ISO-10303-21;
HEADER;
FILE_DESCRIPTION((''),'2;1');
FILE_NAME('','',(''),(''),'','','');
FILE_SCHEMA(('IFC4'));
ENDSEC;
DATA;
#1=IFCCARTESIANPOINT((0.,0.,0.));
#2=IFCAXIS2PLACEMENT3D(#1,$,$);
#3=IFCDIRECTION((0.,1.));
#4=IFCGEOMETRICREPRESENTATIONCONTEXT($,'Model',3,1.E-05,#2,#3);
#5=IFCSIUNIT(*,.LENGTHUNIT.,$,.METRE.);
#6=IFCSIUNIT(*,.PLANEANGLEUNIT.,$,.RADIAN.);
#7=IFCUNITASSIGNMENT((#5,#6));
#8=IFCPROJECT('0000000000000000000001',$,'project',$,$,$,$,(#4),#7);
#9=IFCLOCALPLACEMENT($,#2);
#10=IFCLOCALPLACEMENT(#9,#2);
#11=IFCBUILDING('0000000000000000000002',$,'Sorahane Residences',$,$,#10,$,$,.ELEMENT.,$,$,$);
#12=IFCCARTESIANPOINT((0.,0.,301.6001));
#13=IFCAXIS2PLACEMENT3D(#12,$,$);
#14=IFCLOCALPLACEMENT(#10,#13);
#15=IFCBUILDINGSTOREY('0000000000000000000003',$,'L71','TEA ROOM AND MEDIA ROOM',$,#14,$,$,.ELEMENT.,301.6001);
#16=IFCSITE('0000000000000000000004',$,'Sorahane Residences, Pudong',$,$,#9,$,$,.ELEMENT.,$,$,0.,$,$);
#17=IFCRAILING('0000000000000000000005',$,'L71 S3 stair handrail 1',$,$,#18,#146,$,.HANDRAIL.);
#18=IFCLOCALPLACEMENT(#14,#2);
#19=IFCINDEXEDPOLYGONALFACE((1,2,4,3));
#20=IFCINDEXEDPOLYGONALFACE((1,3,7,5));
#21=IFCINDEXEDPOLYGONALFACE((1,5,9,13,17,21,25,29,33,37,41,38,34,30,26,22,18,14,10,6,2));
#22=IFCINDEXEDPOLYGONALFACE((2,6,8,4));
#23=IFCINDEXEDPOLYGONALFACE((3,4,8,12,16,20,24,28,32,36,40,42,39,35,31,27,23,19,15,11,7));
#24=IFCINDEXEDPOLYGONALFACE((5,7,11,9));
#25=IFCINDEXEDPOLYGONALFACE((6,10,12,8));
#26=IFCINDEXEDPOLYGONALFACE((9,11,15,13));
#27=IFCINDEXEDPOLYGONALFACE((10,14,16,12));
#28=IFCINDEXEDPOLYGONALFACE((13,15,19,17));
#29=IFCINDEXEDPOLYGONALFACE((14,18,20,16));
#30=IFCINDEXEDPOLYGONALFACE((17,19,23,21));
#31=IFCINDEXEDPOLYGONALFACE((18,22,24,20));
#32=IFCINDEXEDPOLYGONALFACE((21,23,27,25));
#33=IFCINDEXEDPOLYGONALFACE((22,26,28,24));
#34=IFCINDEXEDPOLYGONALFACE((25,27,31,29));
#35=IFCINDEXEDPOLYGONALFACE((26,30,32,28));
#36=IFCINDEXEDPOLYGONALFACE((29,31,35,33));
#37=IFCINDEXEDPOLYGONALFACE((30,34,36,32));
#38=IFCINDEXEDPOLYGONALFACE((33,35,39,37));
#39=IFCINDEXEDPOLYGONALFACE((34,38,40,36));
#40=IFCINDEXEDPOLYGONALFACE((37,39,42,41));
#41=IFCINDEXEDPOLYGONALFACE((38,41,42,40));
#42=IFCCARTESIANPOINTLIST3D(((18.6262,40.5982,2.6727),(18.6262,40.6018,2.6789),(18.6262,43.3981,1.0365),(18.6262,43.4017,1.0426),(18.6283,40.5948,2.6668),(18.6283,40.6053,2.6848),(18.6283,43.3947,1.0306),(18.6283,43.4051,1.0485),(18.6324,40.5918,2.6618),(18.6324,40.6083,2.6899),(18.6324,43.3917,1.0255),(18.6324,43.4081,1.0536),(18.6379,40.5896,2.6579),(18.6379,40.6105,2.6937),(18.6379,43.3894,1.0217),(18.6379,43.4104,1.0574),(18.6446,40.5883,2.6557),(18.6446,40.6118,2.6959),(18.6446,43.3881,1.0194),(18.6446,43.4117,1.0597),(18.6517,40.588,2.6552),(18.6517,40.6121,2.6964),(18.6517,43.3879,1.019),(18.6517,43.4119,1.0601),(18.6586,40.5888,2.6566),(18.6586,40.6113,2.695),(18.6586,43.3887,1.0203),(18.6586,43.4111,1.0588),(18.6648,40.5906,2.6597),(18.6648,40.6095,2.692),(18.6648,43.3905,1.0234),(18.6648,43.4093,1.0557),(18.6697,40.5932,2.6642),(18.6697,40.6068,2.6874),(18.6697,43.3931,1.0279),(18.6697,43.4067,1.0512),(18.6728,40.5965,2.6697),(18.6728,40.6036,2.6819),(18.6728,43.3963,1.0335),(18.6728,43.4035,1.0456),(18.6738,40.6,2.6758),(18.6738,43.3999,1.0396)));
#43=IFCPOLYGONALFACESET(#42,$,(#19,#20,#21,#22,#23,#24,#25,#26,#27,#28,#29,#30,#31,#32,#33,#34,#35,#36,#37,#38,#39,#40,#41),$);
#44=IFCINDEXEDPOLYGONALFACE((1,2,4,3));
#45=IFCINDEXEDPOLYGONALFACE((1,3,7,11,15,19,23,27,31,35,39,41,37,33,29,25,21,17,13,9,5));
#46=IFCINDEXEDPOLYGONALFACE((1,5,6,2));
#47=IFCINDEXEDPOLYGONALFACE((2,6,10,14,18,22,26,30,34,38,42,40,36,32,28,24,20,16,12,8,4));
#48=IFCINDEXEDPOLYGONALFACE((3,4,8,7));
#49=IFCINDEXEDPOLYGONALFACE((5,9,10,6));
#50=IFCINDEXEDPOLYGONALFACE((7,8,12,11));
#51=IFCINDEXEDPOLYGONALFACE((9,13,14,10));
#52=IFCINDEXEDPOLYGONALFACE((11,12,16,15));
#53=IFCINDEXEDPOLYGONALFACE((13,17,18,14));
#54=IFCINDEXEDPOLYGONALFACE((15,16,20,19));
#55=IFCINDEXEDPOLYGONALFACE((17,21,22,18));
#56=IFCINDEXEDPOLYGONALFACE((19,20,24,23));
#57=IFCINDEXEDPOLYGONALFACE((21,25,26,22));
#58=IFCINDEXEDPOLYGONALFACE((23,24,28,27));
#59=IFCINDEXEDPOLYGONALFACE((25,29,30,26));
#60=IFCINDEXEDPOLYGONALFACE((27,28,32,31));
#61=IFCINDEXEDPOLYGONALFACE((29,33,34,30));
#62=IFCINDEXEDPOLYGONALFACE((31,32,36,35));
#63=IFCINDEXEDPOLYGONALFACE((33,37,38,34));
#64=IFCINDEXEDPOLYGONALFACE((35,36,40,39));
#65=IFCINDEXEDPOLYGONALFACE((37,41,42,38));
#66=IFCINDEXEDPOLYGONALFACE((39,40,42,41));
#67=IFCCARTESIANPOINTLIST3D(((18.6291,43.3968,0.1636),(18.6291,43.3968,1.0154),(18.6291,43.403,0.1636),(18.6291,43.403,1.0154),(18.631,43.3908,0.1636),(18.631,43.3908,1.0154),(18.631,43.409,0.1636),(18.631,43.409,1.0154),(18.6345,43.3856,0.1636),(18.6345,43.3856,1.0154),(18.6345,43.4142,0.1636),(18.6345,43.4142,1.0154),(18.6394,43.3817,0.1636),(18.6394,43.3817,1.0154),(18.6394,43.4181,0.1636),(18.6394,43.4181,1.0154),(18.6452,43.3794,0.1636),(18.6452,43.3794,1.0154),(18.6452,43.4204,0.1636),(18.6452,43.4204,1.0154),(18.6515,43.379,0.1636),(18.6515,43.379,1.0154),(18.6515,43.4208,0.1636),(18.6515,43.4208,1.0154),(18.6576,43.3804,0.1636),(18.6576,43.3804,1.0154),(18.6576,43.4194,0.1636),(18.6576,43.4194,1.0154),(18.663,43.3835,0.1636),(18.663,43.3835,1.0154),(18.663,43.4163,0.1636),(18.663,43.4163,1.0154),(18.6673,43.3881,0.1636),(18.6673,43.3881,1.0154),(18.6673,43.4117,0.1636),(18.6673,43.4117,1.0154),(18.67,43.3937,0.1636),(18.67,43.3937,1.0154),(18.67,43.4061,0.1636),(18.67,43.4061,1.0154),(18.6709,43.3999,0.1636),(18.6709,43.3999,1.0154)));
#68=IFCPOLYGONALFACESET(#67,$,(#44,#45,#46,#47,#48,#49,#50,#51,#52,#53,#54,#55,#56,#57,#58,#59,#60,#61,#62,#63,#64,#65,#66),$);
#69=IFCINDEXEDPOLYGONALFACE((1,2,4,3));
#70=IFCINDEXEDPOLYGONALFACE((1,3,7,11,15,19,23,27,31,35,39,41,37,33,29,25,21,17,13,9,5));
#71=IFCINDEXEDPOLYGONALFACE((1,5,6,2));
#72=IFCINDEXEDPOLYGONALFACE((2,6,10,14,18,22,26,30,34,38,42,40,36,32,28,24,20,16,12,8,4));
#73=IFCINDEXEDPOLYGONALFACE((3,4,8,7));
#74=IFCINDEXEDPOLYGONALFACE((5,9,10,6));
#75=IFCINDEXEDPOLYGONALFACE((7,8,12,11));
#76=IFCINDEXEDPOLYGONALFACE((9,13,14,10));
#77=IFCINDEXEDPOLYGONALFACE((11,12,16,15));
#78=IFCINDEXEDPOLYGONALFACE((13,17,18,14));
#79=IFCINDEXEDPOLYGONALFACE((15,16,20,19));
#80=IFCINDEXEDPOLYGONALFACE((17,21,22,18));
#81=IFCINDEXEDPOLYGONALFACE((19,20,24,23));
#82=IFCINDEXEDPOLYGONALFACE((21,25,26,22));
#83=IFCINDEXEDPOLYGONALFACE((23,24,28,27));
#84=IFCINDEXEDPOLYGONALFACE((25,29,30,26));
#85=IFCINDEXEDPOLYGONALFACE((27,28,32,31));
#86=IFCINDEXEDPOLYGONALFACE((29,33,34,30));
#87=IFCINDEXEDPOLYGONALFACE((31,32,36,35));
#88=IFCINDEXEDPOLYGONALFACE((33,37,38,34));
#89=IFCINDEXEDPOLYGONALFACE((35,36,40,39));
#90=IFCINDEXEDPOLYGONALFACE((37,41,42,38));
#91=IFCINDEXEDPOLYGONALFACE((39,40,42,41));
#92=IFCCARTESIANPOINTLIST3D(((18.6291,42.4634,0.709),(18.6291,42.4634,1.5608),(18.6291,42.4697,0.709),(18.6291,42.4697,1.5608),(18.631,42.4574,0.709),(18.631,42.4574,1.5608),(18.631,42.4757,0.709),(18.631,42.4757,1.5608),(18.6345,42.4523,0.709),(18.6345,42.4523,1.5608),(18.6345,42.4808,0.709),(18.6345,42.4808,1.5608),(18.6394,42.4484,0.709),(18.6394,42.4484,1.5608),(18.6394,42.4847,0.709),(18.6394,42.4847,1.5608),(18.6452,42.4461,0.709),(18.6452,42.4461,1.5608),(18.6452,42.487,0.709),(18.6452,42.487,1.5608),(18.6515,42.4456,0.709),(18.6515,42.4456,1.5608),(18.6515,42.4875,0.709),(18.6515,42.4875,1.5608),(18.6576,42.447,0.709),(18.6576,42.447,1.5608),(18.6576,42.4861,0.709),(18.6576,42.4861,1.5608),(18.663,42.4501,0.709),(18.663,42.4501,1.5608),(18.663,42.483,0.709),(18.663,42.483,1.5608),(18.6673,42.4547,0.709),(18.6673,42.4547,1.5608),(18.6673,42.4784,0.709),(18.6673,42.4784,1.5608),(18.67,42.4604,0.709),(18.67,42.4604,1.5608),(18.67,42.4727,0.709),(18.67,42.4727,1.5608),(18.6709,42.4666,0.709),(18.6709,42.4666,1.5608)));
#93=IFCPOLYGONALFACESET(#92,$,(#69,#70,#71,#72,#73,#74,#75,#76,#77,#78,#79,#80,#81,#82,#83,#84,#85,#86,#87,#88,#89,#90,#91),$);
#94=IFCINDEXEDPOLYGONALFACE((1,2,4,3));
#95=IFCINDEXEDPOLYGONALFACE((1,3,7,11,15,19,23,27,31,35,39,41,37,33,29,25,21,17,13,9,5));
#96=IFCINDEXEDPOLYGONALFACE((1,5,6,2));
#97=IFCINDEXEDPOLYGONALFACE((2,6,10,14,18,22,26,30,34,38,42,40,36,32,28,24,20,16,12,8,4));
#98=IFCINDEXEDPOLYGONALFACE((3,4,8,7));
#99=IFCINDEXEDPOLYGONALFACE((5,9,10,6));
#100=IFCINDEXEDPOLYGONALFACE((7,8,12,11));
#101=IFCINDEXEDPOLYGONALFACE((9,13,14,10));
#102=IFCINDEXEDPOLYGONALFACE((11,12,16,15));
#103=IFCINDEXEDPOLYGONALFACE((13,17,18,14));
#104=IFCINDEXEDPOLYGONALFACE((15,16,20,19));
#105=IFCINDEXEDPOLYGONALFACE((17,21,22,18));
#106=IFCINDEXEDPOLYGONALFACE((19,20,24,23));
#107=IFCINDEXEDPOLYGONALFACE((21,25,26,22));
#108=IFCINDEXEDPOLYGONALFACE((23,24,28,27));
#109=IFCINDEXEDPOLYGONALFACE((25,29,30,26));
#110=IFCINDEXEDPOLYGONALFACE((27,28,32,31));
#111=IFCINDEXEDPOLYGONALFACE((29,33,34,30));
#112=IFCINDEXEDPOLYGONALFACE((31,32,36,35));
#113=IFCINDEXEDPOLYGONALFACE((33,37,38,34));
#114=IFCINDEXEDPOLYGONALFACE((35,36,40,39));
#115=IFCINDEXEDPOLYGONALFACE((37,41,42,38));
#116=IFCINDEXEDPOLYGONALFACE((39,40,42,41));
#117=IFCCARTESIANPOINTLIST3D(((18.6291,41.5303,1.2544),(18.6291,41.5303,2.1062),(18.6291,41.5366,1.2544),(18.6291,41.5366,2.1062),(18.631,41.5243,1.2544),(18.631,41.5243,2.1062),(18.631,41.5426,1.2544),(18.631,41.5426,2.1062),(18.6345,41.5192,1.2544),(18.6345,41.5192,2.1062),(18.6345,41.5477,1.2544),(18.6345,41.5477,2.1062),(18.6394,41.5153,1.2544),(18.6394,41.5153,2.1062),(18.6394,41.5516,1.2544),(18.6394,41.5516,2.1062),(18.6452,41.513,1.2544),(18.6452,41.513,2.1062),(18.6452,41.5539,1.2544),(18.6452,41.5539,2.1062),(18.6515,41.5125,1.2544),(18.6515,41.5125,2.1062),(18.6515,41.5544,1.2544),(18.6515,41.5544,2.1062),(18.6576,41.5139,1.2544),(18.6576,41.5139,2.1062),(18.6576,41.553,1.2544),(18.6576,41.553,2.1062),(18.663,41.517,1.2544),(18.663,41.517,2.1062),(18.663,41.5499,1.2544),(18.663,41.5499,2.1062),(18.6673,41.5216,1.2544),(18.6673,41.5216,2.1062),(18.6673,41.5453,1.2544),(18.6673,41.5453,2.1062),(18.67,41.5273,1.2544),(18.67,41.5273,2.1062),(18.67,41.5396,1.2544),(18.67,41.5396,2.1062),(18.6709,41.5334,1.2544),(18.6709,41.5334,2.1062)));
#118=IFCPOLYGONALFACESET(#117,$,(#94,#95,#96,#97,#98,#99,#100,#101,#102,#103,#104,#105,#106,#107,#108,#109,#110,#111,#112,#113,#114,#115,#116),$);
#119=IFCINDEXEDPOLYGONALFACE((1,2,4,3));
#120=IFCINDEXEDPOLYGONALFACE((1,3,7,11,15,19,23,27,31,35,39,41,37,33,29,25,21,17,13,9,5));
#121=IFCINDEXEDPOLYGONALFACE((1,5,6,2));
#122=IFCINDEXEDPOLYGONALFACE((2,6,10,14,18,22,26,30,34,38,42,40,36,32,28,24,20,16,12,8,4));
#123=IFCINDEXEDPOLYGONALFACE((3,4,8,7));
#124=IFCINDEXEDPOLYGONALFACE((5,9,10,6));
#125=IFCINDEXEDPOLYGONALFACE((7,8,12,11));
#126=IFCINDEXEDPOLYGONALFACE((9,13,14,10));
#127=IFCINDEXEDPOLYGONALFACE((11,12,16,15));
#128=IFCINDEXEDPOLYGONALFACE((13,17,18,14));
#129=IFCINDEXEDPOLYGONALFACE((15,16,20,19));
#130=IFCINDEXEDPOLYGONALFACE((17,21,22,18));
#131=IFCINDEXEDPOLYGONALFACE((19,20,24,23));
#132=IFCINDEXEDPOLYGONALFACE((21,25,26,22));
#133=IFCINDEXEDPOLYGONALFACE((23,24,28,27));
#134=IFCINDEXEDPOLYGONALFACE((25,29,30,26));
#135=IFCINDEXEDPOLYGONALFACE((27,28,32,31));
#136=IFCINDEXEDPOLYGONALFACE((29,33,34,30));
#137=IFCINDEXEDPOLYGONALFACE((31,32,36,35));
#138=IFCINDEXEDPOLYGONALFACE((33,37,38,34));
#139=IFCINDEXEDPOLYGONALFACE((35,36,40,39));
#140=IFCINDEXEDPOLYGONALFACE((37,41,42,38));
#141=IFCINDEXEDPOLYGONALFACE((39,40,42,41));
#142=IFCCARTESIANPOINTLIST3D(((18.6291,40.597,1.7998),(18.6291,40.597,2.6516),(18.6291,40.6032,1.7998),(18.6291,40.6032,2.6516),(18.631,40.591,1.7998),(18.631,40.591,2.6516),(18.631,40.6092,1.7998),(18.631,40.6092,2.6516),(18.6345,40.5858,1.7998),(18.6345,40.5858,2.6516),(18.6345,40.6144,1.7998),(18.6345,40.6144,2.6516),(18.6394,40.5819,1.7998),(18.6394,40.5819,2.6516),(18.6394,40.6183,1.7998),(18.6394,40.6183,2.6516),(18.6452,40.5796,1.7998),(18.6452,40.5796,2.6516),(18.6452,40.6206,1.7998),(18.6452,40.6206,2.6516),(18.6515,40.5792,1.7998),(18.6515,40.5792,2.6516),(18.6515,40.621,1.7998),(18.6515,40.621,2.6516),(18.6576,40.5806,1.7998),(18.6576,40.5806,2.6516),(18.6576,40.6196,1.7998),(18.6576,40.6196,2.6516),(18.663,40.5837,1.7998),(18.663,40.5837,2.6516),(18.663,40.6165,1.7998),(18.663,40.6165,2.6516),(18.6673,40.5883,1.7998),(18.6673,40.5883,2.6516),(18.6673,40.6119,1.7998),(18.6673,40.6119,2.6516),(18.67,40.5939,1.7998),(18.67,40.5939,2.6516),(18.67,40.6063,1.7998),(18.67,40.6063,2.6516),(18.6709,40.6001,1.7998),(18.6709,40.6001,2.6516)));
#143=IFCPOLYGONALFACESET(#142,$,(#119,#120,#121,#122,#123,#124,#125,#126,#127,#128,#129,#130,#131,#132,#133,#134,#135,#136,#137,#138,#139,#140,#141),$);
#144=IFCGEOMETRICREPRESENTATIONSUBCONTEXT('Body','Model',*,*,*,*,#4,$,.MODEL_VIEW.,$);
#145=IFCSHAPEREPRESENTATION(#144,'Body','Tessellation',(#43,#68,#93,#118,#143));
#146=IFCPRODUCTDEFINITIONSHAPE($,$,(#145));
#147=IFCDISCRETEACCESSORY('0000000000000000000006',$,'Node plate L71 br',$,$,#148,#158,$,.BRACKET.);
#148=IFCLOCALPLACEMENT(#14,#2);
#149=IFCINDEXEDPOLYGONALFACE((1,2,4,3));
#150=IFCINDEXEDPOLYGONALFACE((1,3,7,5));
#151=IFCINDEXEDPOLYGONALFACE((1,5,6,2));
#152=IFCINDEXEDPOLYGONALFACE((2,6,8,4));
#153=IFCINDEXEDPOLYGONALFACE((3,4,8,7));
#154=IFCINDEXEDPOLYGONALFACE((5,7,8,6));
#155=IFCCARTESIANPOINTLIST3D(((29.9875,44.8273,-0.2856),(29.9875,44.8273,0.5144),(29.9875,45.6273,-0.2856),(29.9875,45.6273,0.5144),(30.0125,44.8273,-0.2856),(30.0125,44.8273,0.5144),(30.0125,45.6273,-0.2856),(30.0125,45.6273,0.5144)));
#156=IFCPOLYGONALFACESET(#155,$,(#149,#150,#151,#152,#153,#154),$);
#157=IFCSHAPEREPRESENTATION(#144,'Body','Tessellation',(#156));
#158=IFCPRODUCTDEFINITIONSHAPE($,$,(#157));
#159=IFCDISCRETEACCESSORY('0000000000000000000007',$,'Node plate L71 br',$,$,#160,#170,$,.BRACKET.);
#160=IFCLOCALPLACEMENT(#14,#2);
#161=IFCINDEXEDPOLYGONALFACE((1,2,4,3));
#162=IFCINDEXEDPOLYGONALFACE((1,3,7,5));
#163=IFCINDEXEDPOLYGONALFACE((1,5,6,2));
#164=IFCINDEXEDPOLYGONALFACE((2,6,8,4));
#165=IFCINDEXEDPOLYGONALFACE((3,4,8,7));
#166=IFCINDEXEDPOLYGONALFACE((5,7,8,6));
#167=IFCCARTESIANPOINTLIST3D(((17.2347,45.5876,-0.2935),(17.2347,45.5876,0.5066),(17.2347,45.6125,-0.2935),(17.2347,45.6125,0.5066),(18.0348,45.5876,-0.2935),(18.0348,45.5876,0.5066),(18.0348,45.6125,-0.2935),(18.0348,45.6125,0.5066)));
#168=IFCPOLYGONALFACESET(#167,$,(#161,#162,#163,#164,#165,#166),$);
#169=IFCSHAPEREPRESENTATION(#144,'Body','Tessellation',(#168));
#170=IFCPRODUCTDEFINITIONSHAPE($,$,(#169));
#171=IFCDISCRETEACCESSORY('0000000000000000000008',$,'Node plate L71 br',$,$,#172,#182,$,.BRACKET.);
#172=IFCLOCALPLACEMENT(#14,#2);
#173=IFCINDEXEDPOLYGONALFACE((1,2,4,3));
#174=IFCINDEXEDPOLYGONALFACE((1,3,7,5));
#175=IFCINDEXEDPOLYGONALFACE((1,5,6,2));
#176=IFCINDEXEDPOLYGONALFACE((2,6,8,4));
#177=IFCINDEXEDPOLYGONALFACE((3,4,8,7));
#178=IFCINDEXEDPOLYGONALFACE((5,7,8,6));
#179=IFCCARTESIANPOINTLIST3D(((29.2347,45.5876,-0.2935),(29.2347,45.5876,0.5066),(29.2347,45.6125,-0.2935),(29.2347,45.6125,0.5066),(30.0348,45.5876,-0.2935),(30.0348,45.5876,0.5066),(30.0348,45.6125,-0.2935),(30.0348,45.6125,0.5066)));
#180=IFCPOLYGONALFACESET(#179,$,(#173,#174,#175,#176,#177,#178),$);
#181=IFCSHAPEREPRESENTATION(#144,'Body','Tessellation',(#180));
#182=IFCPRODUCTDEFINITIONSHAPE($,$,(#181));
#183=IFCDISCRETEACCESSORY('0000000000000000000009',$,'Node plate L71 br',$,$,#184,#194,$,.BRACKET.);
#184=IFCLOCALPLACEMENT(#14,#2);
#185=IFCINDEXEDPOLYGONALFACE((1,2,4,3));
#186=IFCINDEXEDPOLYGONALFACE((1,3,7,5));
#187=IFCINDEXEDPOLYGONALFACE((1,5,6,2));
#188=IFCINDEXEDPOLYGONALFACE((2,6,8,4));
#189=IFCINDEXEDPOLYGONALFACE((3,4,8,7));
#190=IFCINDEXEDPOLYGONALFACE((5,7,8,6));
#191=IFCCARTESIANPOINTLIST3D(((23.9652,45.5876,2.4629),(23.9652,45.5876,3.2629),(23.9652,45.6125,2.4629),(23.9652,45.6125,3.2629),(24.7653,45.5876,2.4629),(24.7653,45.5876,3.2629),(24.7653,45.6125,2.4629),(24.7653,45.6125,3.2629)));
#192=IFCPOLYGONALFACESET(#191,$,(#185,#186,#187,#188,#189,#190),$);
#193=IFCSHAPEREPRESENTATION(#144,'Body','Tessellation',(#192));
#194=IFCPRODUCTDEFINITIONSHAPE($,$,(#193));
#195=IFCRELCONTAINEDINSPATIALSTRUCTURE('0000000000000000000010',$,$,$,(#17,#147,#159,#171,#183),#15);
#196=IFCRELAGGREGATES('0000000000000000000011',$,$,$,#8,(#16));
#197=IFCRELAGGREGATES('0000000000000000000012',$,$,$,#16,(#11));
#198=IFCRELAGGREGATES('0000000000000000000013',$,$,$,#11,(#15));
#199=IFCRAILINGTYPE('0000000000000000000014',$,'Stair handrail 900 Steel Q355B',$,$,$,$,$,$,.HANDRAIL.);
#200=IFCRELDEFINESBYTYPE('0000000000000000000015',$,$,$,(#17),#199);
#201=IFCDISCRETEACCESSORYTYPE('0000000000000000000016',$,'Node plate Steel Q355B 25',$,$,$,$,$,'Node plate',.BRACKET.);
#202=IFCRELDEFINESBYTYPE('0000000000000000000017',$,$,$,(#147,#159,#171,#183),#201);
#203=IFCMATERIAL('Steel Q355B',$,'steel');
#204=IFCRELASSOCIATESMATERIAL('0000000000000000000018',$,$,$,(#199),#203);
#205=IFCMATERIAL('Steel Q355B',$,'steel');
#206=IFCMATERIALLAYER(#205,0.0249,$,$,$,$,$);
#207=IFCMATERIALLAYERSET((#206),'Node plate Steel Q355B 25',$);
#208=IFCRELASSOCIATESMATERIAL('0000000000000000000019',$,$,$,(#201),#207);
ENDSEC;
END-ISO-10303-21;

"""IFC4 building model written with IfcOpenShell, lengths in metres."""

from ifc_helpers import new_model, si_unit, direction, frame, origin, origin_2d, place, context, subcontext, project, spatial, rectangle, circle, extrude, material, layer, layer_set, type_object, element, save


model = new_model("IFC4")

# Units and contexts
model_context = context("Model", 3, precision=1e-05, world=origin(), true_north=direction((0.0, 1.0)))
body_context = subcontext(model_context, "Body", "Model", "MODEL_VIEW")
ifc_project = project(units=[si_unit("LENGTHUNIT", "METRE"), si_unit("PLANEANGLEUNIT", "RADIAN")], contexts=[model_context])

# Site, building, storey
site_placement = place(None, origin())
site = spatial("IfcSite", under=ifc_project, at=site_placement, Name="Sorahane Residences, Pudong", CompositionType="ELEMENT", RefElevation=0.0)
building_placement = place(site_placement, origin())
building = spatial("IfcBuilding", under=site, at=building_placement, Name="Sorahane Residences", CompositionType="ELEMENT")
storey_placement = place(building_placement, frame((0.0, 0.0, 301.6001)))
storey = spatial("IfcBuildingStorey", under=building, at=storey_placement, Name="L71", Description="TEA ROOM AND MEDIA ROOM", CompositionType="ELEMENT", Elevation=301.6001)

# Railing
ifc_material_1 = material(Name="Steel Q355B", Category="steel")
railing_type_1 = type_object("IfcRailingType", Name="Stair handrail 900 Steel Q355B", PredefinedType="HANDRAIL", material=ifc_material_1)
railing_1_placement = place(storey_placement, frame((18.6499, 43.3999, 0.1636)))
element("IfcRailing", 1, at=railing_1_placement, inside=storey, type_object=railing_type_1, Name="L71 S3 stair handrail 1", PredefinedType="HANDRAIL", context=body_context, shape_type="SweptSolid", body=[
    extrude(circle(Radius=0.0239, at=origin_2d()), frame((0.0, 0.0, 0.876), z_axis=(0.0, -0.863374, 0.504564), x_axis=(1.0, 0.0, 0.0)), (0.0, 0.0, 1.0), 3.2429),
    extrude(circle(Radius=0.021, at=origin_2d()), origin(), (0.0, 0.0, 1.0), 0.8518),
    extrude(circle(Radius=0.021, at=origin_2d()), frame((0.0, -0.9333, 0.5454)), (0.0, 0.0, 1.0), 0.8518),
    extrude(circle(Radius=0.021, at=origin_2d()), frame((0.0, -1.8665, 1.0908)), (0.0, 0.0, 1.0), 0.8518),
    extrude(circle(Radius=0.021, at=origin_2d()), frame((0.0, -2.7998, 1.6362)), (0.0, 0.0, 1.0), 0.8518),
])

# Discrete accessories
ifc_material_2 = material(Name="Steel Q355B", Category="steel")
ifc_layer_1 = layer(ifc_material_2, 0.0249)
ifc_layer_set_1 = layer_set([ifc_layer_1], Name="Node plate Steel Q355B 25")
discrete_accessory_type = type_object("IfcDiscreteAccessoryType", Name="Node plate Steel Q355B 25", ElementType="Node plate", PredefinedType="BRACKET", material=ifc_layer_set_1)
for number, where, z_axis, x_axis, name in (
    (2, (30.0, 45.2273, -0.2856), (0.0, 0.0, 1.0), (0.0, 1.0, 0.0), "Node plate L71 br"),
    (3, (17.6348, 45.6001, -0.2935), (0.0, 0.0, 1.0), (1.0, 0.0, 0.0), "Node plate L71 br"),
    (4, (29.6348, 45.6001, -0.2935), (0.0, 0.0, 1.0), (1.0, 0.0, 0.0), "Node plate L71 br"),
    (5, (24.3652, 45.6001, 2.4629), (0.0, 0.0, 1.0), (1.0, 0.0, 0.0), "Node plate L71 br"),
):
    element("IfcDiscreteAccessory", number, at=place(storey_placement, frame(where, z_axis=z_axis, x_axis=x_axis)), inside=storey, type_object=discrete_accessory_type, Name=name, PredefinedType="BRACKET", context=body_context, shape_type="SweptSolid", body=[
        extrude(rectangle(XDim=0.8, YDim=0.0249, at=origin_2d()), origin(), (0.0, 0.0, 1.0), 0.8),
    ])

save(model, "model.ifc")
